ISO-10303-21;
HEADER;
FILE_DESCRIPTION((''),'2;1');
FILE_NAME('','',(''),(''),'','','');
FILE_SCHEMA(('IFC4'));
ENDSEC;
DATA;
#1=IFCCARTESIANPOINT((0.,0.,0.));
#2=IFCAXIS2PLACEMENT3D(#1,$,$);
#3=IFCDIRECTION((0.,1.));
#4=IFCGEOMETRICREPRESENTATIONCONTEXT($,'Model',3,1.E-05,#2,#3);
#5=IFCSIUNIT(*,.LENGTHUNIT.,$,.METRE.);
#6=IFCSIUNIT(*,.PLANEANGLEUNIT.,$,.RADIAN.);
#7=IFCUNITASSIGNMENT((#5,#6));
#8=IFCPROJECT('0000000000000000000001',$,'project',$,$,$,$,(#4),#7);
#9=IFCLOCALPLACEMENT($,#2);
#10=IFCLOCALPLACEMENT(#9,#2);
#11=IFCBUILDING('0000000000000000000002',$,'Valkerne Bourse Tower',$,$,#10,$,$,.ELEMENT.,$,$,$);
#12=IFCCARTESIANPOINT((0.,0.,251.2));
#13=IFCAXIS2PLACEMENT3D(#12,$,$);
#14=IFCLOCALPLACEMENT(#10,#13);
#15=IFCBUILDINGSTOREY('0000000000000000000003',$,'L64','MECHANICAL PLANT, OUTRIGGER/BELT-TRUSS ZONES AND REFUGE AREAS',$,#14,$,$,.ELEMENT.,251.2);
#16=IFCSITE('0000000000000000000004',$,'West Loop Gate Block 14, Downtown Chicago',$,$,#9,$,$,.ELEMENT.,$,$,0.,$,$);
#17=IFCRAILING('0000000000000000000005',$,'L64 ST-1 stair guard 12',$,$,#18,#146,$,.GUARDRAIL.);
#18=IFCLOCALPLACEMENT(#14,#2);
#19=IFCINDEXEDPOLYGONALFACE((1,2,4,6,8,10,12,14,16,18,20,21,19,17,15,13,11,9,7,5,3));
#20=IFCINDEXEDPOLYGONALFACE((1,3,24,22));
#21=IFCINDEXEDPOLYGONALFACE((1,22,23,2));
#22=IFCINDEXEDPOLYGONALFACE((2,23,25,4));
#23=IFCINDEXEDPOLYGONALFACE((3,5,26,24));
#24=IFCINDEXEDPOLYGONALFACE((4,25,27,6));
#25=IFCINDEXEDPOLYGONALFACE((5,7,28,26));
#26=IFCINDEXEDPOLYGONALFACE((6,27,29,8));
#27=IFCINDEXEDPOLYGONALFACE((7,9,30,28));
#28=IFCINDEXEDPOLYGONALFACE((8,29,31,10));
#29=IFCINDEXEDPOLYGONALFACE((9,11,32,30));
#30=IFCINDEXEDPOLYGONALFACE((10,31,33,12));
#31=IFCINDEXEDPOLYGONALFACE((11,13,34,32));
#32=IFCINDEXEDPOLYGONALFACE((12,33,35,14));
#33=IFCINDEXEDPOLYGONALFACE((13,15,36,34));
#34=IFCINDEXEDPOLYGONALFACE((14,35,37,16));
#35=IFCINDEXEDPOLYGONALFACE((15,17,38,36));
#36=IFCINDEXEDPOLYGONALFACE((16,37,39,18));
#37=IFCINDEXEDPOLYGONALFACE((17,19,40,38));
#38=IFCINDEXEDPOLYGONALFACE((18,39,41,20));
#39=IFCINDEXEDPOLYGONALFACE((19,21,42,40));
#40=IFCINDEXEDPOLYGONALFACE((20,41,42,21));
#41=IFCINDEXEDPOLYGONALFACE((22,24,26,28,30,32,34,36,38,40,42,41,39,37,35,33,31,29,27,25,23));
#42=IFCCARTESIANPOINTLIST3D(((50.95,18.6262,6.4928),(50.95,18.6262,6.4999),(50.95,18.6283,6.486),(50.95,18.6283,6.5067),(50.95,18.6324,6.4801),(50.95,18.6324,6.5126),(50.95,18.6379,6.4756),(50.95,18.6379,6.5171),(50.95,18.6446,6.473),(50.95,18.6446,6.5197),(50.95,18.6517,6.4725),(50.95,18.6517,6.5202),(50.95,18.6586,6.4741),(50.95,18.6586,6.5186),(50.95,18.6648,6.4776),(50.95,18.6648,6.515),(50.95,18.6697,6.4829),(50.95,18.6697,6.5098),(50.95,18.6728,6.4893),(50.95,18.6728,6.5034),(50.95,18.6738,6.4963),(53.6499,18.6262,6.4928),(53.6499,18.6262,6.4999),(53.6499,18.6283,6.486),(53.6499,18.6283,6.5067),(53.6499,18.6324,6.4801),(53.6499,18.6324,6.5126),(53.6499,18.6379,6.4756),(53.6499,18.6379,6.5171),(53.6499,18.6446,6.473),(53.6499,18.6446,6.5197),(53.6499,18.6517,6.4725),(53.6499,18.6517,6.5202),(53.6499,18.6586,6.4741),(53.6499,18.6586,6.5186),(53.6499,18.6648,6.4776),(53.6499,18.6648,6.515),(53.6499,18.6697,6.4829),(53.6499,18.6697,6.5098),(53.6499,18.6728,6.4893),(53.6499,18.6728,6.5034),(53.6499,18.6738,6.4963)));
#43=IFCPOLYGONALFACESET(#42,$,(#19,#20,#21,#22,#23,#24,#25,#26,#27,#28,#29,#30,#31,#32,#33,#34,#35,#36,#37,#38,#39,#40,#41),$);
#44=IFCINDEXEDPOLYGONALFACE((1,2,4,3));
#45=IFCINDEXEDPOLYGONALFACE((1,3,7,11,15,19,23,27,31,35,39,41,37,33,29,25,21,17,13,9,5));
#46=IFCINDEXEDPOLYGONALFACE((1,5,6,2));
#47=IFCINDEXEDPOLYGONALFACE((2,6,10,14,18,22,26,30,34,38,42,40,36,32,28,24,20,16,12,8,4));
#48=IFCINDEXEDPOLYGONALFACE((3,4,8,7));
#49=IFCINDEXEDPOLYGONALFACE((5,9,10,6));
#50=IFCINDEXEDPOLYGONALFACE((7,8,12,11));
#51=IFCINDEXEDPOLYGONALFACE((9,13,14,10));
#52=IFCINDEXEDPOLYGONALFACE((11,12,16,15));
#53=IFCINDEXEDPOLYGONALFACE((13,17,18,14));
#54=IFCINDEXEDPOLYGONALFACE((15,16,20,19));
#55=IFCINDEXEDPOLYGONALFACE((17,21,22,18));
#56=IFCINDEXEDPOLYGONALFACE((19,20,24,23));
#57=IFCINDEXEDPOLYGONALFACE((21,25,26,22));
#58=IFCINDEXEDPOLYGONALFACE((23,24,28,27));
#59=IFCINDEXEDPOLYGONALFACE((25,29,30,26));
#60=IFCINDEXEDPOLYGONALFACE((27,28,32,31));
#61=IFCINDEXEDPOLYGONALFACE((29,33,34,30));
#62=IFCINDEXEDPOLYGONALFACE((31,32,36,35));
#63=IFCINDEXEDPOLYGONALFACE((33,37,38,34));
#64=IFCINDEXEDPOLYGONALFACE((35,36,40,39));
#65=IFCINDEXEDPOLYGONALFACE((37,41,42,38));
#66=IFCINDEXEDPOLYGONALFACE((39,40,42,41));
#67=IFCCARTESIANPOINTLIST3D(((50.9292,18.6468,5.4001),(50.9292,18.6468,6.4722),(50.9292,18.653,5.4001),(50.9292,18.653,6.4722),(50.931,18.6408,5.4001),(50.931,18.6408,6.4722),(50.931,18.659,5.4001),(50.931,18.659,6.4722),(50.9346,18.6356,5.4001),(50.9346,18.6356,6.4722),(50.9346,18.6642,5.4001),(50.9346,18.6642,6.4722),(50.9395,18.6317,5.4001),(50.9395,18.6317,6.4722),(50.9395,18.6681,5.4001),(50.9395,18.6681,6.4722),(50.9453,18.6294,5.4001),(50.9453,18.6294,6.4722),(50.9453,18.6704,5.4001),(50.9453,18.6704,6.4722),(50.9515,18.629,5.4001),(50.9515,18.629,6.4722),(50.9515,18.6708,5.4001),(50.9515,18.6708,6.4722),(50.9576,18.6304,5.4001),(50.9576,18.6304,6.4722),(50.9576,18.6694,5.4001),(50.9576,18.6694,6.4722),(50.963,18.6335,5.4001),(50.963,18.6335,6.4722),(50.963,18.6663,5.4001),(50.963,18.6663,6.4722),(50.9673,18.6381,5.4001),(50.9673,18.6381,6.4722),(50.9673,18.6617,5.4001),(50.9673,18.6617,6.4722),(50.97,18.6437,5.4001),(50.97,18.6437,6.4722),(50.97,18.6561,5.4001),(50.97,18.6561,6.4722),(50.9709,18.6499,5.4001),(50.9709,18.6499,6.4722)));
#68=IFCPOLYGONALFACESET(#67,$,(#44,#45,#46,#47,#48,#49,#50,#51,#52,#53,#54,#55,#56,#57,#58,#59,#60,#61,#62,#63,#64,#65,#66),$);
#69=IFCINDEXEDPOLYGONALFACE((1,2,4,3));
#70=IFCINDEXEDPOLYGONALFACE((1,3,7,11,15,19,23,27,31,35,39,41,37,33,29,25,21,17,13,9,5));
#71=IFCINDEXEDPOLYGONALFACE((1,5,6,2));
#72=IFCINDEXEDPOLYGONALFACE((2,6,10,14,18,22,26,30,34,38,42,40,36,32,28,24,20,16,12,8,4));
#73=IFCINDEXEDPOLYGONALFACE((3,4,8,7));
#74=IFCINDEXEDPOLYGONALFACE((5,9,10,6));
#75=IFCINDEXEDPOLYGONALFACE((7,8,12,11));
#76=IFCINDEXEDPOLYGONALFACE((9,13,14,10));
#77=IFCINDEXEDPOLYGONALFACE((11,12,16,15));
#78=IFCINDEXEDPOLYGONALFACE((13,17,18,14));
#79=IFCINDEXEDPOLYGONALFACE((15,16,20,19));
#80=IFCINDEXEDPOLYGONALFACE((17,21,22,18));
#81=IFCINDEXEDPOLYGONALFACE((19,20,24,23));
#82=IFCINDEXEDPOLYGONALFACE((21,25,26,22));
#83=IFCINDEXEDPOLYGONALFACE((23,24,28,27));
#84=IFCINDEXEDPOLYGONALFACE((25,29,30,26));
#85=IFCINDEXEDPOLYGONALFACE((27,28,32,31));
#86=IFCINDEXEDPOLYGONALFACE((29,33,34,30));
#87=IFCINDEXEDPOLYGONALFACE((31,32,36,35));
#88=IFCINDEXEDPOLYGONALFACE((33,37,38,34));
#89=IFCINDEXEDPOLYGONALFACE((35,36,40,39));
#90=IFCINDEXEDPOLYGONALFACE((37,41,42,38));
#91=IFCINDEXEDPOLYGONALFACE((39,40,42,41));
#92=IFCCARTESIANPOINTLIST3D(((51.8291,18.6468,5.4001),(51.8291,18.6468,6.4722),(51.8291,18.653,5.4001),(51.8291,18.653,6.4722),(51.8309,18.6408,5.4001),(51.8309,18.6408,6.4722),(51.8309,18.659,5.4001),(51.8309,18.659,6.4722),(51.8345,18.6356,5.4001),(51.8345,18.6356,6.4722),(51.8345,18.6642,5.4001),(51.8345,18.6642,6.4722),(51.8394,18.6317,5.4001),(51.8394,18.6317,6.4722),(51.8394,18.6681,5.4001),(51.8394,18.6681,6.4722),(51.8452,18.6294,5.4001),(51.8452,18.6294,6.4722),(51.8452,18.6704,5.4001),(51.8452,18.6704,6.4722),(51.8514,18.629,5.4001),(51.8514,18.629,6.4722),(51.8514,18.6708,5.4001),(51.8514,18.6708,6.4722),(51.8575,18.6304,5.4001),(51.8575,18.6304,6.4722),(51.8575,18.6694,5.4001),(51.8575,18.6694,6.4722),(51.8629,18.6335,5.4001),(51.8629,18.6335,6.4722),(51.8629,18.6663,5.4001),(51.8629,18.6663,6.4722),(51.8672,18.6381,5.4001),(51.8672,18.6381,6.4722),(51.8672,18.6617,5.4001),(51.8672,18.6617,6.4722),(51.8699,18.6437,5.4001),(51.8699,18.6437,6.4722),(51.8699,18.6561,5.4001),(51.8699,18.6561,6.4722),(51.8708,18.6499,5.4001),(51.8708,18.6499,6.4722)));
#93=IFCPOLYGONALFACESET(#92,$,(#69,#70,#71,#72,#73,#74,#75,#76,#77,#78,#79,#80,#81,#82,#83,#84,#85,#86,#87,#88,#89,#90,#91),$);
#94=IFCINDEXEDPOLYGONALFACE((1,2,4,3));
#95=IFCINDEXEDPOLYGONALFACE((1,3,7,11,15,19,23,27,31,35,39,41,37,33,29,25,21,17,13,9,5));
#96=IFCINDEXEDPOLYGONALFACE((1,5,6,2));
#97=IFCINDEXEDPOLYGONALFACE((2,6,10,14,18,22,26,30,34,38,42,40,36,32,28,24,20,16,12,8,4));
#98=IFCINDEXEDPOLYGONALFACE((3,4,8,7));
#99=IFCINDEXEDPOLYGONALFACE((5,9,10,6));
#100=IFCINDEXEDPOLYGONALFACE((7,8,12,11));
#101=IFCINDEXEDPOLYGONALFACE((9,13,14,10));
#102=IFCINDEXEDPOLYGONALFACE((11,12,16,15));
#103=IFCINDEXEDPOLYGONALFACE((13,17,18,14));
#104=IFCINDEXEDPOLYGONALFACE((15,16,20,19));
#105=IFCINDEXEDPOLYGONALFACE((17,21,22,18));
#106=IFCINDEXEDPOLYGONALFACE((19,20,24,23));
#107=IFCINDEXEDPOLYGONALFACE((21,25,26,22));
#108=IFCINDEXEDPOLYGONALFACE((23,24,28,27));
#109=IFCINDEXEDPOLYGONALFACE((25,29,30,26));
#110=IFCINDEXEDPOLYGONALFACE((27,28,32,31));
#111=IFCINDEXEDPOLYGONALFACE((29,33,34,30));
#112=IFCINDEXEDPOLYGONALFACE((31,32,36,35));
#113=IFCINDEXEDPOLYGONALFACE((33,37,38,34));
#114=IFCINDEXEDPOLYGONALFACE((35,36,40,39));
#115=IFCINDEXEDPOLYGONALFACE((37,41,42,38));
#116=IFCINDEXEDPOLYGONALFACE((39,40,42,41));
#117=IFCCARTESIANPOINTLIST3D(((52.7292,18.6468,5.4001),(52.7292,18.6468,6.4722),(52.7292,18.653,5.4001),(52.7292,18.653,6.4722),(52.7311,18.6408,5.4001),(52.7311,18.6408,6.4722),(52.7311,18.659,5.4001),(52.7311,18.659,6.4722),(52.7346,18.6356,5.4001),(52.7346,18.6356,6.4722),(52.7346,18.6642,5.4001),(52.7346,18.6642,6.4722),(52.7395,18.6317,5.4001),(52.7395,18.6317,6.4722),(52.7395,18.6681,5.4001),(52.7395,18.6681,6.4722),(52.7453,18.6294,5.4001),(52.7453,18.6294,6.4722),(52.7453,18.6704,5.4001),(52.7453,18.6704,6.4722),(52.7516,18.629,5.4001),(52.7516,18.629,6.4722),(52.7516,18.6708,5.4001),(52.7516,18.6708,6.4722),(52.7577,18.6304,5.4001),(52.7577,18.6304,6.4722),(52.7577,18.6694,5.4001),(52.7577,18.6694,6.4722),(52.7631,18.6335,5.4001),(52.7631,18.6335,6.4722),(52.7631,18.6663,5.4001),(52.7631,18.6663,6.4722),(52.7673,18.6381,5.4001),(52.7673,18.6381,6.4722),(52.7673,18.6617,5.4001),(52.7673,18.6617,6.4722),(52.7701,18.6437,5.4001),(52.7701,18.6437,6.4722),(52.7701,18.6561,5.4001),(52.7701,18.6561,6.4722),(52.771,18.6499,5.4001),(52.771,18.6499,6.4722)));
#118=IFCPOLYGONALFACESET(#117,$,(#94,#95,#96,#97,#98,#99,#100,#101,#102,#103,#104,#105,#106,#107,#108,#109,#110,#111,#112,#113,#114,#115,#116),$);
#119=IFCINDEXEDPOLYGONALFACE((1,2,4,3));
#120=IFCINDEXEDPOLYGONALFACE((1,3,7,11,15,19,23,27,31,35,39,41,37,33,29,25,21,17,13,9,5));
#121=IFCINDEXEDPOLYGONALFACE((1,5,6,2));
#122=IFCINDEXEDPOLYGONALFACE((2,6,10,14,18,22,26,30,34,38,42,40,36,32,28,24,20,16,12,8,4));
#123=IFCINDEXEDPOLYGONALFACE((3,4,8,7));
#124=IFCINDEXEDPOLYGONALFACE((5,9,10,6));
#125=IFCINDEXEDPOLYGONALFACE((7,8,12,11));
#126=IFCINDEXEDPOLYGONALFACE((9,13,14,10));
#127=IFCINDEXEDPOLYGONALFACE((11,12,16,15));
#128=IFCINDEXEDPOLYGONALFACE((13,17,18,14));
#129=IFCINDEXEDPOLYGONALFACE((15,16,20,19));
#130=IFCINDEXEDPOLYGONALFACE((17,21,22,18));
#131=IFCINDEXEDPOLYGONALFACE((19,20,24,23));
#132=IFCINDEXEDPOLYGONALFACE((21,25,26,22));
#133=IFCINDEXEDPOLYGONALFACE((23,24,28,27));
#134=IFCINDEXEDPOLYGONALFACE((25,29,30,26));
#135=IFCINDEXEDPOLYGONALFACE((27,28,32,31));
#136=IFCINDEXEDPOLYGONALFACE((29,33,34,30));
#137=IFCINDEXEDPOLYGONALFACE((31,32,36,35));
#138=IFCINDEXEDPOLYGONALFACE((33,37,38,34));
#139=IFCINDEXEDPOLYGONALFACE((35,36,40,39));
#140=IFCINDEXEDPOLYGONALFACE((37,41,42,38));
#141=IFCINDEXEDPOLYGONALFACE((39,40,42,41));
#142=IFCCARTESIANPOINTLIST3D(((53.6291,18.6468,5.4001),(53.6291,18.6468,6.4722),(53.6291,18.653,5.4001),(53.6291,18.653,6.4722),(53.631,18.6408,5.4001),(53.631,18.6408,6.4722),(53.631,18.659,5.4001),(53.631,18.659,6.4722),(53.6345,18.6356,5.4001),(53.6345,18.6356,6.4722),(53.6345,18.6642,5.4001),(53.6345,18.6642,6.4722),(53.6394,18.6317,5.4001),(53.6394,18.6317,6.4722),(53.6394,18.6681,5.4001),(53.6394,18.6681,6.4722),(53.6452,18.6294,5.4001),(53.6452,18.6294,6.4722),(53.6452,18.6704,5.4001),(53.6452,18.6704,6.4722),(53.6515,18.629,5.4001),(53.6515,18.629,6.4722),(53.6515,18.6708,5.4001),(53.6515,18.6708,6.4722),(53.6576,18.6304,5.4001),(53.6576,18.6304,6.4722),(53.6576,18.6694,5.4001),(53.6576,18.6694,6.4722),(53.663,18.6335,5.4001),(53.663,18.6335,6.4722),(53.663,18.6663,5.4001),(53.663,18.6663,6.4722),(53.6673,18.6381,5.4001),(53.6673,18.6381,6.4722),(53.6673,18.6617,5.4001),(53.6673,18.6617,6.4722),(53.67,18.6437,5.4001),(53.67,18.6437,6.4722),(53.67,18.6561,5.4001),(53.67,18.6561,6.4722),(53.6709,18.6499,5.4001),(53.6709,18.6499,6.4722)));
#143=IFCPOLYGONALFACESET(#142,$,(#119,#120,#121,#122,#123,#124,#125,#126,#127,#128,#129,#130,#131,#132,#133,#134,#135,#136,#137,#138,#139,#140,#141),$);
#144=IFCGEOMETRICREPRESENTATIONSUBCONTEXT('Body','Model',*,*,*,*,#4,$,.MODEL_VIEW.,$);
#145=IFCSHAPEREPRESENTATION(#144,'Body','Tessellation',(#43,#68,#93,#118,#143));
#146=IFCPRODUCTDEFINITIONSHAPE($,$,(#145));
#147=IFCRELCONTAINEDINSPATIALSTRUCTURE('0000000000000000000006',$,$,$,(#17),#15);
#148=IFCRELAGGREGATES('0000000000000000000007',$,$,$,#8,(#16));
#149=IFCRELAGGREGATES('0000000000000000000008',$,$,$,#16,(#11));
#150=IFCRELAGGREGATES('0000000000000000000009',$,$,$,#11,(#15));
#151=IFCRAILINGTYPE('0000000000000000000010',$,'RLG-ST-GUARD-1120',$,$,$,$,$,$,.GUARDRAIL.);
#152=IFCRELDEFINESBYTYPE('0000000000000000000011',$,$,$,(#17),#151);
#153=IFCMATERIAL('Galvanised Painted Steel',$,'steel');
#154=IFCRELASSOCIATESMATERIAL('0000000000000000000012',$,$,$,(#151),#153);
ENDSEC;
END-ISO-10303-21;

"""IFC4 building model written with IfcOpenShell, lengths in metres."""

from ifc_helpers import new_model, si_unit, direction, frame, origin, origin_2d, place, context, subcontext, project, spatial, circle, extrude, material, type_object, element, save


model = new_model("IFC4")

# Units and contexts
model_context = context("Model", 3, precision=1e-05, world=origin(), true_north=direction((0.0, 1.0)))
body_context = subcontext(model_context, "Body", "Model", "MODEL_VIEW")
ifc_project = project(units=[si_unit("LENGTHUNIT", "METRE"), si_unit("PLANEANGLEUNIT", "RADIAN")], contexts=[model_context])

# Site, building, storey
site_placement = place(None, origin())
site = spatial("IfcSite", under=ifc_project, at=site_placement, Name="West Loop Gate Block 14, Downtown Chicago", CompositionType="ELEMENT", RefElevation=0.0)
building_placement = place(site_placement, origin())
building = spatial("IfcBuilding", under=site, at=building_placement, Name="Valkerne Bourse Tower", CompositionType="ELEMENT")
storey_placement = place(building_placement, frame((0.0, 0.0, 251.2)))
storey = spatial("IfcBuildingStorey", under=building, at=storey_placement, Name="L64", Description="MECHANICAL PLANT, OUTRIGGER/BELT-TRUSS ZONES AND REFUGE AREAS", CompositionType="ELEMENT", Elevation=251.2)

# Railing
ifc_material_1 = material(Name="Galvanised Painted Steel", Category="steel")
railing_type_1 = type_object("IfcRailingType", Name="RLG-ST-GUARD-1120", PredefinedType="GUARDRAIL", material=ifc_material_1)
railing_1_placement = place(storey_placement, frame((50.95, 18.6499, 5.4001)))
element("IfcRailing", 1, at=railing_1_placement, inside=storey, type_object=railing_type_1, Name="L64 ST-1 stair guard 12", PredefinedType="GUARDRAIL", context=body_context, shape_type="SweptSolid", body=[
    extrude(circle(Radius=0.0239, at=origin_2d()), frame((0.0, 0.0, 1.0962), z_axis=(1.0, 0.0, 0.0), x_axis=(0.0, 1.0, 0.0)), (0.0, 0.0, 1.0), 2.7),
    extrude(circle(Radius=0.021, at=origin_2d()), origin(), (0.0, 0.0, 1.0), 1.072),
    extrude(circle(Radius=0.021, at=origin_2d()), frame((0.8999, 0.0, 0.0)), (0.0, 0.0, 1.0), 1.072),
    extrude(circle(Radius=0.021, at=origin_2d()), frame((1.8, 0.0, 0.0)), (0.0, 0.0, 1.0), 1.072),
    extrude(circle(Radius=0.021, at=origin_2d()), frame((2.7, 0.0, 0.0)), (0.0, 0.0, 1.0), 1.072),
])

save(model, "model.ifc")
